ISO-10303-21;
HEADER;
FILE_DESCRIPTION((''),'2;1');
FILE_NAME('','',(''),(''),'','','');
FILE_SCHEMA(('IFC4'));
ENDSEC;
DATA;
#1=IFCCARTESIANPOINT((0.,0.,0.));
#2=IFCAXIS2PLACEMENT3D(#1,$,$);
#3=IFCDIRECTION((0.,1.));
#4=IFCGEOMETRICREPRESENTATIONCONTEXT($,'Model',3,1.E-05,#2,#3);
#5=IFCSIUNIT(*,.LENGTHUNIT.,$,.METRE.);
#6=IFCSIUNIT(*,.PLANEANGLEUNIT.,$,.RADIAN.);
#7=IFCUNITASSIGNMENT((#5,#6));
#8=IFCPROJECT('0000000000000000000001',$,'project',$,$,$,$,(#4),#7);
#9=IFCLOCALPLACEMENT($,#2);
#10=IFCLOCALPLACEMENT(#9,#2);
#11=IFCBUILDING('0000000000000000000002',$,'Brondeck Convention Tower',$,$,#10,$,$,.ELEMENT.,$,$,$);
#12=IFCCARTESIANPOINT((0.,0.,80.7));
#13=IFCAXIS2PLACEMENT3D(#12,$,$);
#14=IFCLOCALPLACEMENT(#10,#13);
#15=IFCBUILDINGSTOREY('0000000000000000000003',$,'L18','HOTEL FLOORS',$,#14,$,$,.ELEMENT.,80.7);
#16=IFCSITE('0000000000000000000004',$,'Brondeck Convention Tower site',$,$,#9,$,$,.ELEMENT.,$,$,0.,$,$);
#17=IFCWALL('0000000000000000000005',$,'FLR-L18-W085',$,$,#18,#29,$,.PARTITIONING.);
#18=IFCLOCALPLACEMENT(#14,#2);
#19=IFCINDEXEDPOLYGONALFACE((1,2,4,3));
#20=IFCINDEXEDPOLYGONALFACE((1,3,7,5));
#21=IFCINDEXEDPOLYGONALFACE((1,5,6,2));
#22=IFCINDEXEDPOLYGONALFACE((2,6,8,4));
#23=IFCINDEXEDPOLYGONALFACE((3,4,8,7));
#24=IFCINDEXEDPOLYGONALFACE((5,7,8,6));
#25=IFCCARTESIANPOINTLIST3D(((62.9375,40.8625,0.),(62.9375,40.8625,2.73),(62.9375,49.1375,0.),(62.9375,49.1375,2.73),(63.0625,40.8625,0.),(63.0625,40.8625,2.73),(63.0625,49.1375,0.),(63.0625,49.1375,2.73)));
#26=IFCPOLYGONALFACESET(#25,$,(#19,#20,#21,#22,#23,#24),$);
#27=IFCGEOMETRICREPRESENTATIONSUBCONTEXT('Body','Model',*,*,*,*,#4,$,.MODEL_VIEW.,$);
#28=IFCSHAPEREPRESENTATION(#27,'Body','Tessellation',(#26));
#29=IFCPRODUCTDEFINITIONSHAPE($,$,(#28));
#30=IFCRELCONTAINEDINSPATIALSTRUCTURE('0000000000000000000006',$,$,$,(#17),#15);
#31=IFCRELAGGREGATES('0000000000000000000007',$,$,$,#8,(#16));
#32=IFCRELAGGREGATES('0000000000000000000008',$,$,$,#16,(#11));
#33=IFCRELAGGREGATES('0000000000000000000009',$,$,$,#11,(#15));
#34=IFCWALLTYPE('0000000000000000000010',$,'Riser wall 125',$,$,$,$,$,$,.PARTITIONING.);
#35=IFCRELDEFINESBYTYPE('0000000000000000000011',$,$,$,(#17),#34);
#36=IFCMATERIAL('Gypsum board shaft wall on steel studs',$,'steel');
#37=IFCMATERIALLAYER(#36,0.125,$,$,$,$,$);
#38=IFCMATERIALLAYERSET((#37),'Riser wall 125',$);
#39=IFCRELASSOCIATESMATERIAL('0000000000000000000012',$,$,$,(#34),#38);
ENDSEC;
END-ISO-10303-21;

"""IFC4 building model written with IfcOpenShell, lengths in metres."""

from ifc_helpers import new_model, si_unit, direction, frame, frame_2d, origin, place, context, subcontext, project, spatial, rectangle, extrude, material, layer, layer_set, type_object, element, save


model = new_model("IFC4")

# Units and contexts
model_context = context("Model", 3, precision=1e-05, world=origin(), true_north=direction((0.0, 1.0)))
body_context = subcontext(model_context, "Body", "Model", "MODEL_VIEW")
ifc_project = project(units=[si_unit("LENGTHUNIT", "METRE"), si_unit("PLANEANGLEUNIT", "RADIAN")], contexts=[model_context])

# Site, building, storey
site_placement = place(None, origin())
site = spatial("IfcSite", under=ifc_project, at=site_placement, Name="Brondeck Convention Tower site", CompositionType="ELEMENT", RefElevation=0.0)
building_placement = place(site_placement, origin())
building = spatial("IfcBuilding", under=site, at=building_placement, Name="Brondeck Convention Tower", CompositionType="ELEMENT")
storey_placement = place(building_placement, frame((0.0, 0.0, 80.7)))
storey = spatial("IfcBuildingStorey", under=building, at=storey_placement, Name="L18", Description="HOTEL FLOORS", CompositionType="ELEMENT", Elevation=80.7)

# Wall
ifc_material_1 = material(Name="Gypsum board shaft wall on steel studs", Category="steel")
ifc_layer_1 = layer(ifc_material_1, 0.125)
ifc_layer_set_1 = layer_set([ifc_layer_1], Name="Riser wall 125")
wall_type_1 = type_object("IfcWallType", Name="Riser wall 125", PredefinedType="PARTITIONING", material=ifc_layer_set_1)
wall_1_placement = place(storey_placement, frame((63.0, 40.8625, 0.0), z_axis=(0.0, 0.0, 1.0), x_axis=(0.0, 1.0, 0.0)))
element("IfcWall", 1, at=wall_1_placement, inside=storey, type_object=wall_type_1, Name="FLR-L18-W085", PredefinedType="PARTITIONING", context=body_context, shape_type="SweptSolid", body=[
    extrude(rectangle(XDim=8.2749, YDim=0.125, at=frame_2d((4.1375, 0.0))), origin(), (0.0, 0.0, 1.0), 2.73),
])

save(model, "model.ifc")
